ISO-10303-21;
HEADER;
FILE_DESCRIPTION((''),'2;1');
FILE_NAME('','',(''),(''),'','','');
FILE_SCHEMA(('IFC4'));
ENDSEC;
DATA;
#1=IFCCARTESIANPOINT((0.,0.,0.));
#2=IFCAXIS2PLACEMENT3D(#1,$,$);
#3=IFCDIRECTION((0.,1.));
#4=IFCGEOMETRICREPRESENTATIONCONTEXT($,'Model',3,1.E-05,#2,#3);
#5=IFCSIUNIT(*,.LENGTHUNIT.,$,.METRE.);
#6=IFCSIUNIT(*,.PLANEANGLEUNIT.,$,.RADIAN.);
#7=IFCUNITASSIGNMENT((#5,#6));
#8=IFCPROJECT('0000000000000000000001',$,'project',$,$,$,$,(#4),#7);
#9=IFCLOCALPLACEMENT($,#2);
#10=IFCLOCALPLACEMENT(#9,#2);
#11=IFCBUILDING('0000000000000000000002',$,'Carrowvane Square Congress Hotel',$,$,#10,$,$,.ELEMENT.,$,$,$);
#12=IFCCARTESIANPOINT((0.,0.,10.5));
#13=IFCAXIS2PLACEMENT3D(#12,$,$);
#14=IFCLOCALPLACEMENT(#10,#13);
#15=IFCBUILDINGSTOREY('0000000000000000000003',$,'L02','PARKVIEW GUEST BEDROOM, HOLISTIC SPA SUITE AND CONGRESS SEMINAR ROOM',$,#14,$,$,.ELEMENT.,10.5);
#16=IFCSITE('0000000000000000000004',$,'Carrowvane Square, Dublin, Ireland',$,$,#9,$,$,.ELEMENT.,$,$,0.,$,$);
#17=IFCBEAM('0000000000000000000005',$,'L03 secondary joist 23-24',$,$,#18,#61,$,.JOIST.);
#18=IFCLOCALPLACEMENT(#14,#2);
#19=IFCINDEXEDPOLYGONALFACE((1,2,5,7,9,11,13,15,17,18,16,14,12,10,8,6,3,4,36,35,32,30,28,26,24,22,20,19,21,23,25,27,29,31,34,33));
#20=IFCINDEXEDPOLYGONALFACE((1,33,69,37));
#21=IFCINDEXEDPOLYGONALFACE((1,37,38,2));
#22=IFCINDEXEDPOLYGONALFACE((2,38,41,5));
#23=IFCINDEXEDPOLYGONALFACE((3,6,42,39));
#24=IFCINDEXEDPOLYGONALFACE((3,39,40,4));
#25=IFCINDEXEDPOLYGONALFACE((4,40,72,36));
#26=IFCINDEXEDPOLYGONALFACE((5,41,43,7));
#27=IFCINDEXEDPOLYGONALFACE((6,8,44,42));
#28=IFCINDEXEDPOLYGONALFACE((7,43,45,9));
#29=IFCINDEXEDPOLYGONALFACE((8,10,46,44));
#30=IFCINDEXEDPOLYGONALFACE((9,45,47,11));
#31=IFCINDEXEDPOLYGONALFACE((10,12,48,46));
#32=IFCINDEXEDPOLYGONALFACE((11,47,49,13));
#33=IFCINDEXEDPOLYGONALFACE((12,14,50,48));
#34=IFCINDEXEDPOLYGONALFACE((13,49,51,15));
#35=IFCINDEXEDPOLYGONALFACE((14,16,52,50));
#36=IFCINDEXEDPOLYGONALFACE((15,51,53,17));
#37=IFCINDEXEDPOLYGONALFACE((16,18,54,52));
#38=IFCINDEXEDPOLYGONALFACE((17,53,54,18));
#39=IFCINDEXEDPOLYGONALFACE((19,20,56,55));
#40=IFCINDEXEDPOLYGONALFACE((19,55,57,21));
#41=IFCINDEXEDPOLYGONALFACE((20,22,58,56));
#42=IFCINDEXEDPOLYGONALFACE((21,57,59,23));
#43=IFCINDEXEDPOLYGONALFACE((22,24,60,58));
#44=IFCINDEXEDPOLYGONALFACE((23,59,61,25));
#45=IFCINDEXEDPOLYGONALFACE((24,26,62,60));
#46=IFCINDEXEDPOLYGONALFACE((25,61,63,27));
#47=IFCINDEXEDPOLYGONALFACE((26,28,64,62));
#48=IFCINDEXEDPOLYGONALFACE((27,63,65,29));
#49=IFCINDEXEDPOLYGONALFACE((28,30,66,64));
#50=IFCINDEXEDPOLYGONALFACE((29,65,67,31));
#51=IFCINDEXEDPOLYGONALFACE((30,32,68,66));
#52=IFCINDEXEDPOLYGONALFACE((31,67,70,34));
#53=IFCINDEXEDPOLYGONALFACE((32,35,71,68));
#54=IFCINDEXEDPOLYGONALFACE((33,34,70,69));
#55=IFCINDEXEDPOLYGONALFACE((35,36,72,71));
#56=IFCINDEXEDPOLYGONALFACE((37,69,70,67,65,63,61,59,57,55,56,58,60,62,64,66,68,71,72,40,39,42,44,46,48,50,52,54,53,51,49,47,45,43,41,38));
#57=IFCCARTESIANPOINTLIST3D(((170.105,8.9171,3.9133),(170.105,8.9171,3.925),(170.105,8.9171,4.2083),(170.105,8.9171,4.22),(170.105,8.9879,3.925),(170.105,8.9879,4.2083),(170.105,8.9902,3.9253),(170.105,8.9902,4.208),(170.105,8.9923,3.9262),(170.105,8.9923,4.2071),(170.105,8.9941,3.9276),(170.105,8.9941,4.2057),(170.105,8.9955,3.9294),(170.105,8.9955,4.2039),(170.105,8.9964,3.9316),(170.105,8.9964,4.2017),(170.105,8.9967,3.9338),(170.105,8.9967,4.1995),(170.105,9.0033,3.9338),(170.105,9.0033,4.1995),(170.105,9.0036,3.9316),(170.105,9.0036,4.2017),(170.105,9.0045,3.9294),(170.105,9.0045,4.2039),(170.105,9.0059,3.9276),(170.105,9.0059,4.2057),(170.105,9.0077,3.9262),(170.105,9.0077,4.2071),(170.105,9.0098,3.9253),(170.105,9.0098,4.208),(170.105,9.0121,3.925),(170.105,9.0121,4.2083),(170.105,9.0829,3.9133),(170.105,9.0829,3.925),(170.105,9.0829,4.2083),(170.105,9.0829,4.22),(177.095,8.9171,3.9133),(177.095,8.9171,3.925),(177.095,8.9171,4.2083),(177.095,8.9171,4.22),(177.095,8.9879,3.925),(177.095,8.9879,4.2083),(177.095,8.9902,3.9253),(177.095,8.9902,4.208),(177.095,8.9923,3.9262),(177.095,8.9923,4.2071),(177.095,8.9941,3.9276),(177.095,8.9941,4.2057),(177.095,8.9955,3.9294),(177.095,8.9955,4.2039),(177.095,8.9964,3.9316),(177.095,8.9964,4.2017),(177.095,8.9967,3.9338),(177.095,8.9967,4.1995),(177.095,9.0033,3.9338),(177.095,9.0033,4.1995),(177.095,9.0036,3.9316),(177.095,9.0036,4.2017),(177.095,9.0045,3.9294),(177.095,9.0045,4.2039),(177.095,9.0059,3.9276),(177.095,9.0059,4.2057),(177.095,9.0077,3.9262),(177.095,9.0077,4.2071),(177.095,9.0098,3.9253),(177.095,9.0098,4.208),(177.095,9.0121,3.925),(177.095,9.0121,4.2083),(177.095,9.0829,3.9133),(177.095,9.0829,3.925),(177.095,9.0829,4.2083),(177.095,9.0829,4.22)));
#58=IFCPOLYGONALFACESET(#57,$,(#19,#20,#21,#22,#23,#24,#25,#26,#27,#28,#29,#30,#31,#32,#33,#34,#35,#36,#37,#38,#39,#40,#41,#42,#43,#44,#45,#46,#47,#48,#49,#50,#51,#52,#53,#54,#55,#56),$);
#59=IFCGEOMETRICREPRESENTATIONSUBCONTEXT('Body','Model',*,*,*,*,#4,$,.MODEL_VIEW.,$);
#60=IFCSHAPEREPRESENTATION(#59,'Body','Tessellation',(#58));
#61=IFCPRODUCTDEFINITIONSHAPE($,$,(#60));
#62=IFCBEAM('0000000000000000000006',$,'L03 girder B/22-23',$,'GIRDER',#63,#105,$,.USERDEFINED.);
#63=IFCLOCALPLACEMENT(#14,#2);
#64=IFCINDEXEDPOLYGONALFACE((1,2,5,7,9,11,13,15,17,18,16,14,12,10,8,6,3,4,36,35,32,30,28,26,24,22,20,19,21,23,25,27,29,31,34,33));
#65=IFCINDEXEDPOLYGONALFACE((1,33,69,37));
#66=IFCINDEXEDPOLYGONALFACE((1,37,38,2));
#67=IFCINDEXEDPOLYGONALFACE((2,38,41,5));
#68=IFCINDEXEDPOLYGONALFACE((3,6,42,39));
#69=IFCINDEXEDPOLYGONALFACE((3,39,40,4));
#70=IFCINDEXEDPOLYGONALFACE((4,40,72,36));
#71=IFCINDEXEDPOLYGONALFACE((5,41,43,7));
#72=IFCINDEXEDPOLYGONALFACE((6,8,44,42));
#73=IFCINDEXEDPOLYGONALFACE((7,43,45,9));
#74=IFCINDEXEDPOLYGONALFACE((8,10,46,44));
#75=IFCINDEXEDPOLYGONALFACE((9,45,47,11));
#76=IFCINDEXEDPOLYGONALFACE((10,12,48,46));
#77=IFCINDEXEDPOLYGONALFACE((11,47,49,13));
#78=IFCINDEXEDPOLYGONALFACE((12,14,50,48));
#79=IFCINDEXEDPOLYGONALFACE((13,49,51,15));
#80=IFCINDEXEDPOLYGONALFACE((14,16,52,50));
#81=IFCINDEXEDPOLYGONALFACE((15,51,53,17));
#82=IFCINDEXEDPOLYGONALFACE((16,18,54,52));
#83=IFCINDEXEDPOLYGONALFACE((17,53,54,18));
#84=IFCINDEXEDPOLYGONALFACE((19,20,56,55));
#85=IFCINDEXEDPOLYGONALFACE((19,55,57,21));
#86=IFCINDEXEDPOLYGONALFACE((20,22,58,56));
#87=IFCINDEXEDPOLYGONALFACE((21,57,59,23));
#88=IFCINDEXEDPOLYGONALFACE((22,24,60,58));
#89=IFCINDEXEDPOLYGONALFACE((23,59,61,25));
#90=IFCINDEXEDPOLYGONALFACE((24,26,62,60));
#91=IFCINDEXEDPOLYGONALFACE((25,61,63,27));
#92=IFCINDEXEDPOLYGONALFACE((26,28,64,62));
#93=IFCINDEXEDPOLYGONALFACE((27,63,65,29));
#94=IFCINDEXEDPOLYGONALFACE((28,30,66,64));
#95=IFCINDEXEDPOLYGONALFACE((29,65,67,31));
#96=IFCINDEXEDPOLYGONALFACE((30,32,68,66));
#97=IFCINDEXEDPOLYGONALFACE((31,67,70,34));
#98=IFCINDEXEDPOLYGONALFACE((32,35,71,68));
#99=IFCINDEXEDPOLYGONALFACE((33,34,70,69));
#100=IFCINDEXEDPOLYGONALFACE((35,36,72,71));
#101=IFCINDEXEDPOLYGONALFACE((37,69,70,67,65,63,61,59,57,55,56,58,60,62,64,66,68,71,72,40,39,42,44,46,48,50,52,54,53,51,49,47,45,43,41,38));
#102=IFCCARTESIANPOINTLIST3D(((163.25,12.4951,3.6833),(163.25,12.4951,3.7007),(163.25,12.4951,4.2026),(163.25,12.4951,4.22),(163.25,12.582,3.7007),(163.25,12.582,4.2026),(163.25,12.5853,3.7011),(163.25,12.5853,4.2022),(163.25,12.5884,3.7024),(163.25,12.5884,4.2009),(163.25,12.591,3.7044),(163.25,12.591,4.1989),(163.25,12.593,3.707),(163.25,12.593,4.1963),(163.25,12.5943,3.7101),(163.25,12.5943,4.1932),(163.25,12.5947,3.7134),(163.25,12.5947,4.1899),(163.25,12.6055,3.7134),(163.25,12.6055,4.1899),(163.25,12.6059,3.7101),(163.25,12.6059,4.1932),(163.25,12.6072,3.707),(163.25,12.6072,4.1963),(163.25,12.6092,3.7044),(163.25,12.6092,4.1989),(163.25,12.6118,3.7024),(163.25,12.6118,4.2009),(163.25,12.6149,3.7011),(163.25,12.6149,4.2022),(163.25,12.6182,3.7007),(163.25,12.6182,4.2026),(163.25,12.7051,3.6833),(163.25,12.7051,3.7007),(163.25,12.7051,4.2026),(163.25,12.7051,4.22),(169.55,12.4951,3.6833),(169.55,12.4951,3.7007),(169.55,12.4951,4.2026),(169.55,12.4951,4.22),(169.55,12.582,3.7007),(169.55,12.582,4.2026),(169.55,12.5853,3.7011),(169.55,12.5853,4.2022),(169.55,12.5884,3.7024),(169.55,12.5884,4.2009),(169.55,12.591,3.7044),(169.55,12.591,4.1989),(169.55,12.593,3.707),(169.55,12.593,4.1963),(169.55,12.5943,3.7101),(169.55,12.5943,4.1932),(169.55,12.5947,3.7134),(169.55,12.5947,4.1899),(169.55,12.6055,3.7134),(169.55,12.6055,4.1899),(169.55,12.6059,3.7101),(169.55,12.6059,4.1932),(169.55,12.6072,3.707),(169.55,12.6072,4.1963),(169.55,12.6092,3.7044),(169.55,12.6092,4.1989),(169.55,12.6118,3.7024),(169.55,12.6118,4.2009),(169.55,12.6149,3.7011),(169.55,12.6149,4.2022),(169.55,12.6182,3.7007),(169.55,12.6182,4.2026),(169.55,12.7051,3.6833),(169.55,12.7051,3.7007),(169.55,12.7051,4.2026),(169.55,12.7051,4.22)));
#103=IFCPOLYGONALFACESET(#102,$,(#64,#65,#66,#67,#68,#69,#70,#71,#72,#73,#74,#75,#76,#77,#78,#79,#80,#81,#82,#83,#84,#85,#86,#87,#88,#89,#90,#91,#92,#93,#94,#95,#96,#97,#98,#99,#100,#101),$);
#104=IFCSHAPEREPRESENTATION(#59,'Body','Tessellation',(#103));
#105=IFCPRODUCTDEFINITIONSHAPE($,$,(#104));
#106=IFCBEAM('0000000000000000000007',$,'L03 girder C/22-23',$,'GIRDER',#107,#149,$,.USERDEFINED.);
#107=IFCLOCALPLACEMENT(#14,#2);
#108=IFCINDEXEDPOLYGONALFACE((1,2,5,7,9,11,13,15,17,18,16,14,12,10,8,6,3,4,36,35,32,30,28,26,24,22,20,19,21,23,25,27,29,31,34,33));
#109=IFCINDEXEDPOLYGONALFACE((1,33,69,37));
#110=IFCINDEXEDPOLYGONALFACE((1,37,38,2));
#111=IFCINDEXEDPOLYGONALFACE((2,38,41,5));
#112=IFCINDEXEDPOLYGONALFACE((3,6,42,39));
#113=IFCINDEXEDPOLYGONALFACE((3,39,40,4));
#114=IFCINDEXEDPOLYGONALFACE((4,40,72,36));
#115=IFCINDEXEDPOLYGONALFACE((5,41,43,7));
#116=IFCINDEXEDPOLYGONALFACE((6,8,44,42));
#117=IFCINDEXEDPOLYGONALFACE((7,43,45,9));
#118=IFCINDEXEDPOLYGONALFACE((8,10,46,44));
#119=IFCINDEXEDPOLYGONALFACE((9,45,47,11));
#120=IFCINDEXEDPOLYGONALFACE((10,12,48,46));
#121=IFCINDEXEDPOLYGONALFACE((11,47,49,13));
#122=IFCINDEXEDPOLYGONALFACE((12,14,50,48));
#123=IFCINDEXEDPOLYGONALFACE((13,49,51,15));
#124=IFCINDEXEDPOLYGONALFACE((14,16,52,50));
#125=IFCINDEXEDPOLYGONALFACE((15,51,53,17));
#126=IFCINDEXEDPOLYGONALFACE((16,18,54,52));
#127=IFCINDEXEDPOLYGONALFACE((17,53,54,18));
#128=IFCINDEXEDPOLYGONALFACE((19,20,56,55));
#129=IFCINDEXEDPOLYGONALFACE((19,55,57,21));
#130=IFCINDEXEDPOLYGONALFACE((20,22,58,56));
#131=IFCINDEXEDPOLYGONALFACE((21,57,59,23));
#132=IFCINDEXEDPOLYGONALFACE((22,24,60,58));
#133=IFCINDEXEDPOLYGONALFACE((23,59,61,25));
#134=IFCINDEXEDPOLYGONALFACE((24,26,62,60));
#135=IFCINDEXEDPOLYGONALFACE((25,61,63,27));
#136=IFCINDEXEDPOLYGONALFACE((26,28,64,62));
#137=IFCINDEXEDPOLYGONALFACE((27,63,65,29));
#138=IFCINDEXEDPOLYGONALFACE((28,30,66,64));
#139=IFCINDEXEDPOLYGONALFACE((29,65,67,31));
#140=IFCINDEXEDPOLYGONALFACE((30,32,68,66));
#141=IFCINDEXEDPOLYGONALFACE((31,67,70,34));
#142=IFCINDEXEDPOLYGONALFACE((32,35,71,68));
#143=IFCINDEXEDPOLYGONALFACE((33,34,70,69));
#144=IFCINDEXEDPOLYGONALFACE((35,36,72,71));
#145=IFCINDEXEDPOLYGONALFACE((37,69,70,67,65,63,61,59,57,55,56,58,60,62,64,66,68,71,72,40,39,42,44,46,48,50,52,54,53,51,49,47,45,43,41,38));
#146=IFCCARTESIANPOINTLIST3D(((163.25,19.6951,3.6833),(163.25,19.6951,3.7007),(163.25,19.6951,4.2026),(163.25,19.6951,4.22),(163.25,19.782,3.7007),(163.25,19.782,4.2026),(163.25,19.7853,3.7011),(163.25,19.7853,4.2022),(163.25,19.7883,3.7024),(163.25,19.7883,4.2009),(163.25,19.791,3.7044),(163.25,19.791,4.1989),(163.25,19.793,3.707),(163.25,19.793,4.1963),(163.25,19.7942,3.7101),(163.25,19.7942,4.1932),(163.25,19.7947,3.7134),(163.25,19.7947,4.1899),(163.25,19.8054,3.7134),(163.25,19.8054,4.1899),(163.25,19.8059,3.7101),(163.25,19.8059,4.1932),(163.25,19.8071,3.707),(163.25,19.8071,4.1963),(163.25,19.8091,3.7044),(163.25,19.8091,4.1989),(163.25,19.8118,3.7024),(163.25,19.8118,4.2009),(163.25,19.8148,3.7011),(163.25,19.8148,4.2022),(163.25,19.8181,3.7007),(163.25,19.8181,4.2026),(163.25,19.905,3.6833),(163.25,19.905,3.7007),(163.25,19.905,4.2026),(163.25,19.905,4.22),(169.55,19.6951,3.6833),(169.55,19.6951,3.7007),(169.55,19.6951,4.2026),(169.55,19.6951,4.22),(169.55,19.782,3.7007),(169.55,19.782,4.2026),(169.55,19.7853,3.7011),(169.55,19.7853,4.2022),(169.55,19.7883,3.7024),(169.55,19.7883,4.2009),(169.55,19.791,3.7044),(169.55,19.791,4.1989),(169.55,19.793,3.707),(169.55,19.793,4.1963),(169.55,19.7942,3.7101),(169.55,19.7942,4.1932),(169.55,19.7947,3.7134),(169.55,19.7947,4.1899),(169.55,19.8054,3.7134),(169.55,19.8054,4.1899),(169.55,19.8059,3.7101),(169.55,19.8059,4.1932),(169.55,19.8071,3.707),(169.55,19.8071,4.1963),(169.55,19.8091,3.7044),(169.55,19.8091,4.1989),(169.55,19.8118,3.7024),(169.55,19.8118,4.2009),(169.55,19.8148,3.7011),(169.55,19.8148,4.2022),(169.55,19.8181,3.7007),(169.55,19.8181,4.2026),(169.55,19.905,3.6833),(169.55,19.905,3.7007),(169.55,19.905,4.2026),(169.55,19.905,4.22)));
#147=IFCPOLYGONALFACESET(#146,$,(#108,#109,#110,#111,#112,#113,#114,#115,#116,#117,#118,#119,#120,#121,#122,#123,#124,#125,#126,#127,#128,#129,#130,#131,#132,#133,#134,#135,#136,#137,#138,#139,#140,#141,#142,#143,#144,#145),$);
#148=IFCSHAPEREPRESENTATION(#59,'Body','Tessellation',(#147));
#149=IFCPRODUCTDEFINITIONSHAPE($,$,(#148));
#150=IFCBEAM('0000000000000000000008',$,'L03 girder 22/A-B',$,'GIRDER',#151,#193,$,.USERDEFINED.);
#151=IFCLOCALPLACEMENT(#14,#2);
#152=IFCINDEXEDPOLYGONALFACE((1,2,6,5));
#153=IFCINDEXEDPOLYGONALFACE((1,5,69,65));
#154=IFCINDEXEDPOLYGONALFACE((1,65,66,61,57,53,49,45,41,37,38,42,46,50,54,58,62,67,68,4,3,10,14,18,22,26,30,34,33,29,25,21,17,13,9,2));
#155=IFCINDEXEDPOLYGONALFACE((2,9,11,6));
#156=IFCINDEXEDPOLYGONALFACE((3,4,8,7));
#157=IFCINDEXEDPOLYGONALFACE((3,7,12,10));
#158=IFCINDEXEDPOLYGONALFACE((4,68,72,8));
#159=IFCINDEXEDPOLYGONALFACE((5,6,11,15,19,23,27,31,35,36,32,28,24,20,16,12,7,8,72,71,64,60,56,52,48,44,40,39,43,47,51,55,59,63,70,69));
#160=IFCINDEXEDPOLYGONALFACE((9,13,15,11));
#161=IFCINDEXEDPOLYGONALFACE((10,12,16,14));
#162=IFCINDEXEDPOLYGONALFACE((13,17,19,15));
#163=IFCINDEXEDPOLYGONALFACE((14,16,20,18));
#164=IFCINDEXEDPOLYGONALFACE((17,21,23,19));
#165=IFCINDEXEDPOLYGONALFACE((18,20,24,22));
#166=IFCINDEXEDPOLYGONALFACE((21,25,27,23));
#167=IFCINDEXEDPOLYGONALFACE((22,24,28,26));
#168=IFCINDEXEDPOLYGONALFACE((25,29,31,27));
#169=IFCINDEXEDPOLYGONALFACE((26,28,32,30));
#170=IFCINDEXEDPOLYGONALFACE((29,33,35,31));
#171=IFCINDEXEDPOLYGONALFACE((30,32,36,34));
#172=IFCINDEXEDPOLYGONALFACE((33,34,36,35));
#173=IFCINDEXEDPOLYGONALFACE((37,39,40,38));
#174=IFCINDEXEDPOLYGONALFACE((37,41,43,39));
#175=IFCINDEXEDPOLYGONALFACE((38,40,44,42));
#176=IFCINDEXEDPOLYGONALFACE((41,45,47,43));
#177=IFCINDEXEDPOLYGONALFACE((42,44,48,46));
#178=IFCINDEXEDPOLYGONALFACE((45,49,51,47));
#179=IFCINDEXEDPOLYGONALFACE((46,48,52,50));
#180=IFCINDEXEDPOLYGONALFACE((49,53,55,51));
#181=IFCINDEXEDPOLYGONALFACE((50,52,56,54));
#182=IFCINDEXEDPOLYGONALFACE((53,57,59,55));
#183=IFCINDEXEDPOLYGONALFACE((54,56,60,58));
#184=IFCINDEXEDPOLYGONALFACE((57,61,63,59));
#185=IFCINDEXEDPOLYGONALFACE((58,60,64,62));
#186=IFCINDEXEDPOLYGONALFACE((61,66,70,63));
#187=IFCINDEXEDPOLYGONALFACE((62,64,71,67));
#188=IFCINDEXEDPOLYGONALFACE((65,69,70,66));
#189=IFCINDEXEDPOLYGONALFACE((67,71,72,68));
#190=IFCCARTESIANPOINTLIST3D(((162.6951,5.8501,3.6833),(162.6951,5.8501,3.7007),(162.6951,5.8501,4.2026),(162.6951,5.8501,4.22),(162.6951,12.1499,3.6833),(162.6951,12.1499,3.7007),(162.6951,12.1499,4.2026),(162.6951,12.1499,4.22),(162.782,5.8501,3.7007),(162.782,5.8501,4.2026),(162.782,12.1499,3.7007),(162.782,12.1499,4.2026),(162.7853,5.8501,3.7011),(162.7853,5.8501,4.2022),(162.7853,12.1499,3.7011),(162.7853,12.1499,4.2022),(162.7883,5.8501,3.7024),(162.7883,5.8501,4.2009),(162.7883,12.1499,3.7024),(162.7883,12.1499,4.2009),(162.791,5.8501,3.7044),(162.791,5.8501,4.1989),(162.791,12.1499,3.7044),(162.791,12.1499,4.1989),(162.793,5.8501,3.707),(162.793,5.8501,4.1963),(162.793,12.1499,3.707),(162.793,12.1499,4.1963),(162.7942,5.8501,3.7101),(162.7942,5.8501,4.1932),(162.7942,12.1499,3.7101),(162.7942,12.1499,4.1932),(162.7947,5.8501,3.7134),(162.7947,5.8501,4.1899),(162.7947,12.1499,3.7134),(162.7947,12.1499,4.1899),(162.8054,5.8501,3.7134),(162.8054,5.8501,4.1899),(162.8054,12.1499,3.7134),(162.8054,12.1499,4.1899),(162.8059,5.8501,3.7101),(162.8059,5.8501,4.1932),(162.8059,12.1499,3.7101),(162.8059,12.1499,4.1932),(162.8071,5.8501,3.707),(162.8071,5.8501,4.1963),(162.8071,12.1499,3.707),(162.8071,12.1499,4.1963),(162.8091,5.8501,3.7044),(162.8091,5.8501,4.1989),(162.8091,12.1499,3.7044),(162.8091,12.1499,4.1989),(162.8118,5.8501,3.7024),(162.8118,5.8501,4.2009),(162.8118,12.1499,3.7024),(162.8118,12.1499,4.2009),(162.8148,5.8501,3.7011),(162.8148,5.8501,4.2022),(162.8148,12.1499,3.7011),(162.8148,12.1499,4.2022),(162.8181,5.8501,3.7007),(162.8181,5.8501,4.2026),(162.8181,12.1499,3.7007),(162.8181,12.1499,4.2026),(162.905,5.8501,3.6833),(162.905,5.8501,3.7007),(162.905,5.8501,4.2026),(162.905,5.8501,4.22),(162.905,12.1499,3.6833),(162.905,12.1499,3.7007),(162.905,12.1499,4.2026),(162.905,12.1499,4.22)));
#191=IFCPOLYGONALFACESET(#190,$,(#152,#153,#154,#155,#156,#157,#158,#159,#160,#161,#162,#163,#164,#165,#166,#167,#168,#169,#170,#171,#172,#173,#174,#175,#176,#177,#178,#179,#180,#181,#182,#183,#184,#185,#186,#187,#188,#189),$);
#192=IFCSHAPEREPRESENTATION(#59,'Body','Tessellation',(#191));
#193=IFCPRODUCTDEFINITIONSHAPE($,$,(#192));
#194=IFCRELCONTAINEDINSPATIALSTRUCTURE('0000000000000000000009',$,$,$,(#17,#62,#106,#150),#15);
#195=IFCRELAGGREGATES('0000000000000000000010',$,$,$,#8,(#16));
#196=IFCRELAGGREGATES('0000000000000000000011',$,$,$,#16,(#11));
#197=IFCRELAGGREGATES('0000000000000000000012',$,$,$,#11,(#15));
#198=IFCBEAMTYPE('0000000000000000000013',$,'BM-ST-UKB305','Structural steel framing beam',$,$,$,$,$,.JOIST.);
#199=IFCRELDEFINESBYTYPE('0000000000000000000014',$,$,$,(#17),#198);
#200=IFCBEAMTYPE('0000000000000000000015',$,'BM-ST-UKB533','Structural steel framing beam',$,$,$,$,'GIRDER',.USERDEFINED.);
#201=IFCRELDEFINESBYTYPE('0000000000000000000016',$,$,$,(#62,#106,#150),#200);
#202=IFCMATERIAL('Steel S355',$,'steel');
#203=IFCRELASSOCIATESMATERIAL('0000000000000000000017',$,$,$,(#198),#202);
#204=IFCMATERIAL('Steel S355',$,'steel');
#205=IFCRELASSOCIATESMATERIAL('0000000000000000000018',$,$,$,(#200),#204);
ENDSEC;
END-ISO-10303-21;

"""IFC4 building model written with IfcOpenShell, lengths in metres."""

from ifc_helpers import new_model, si_unit, direction, frame, origin, origin_2d, place, context, subcontext, project, spatial, i_section, extrude, material, material_profile, profile_set, type_object, element, save


model = new_model("IFC4")

# Units and contexts
model_context = context("Model", 3, precision=1e-05, world=origin(), true_north=direction((0.0, 1.0)))
body_context = subcontext(model_context, "Body", "Model", "MODEL_VIEW")
ifc_project = project(units=[si_unit("LENGTHUNIT", "METRE"), si_unit("PLANEANGLEUNIT", "RADIAN")], contexts=[model_context])

# Site, building, storey
site_placement = place(None, origin())
site = spatial("IfcSite", under=ifc_project, at=site_placement, Name="Carrowvane Square, Dublin, Ireland", CompositionType="ELEMENT", RefElevation=0.0)
building_placement = place(site_placement, origin())
building = spatial("IfcBuilding", under=site, at=building_placement, Name="Carrowvane Square Congress Hotel", CompositionType="ELEMENT")
storey_placement = place(building_placement, frame((0.0, 0.0, 10.5)))
storey = spatial("IfcBuildingStorey", under=building, at=storey_placement, Name="L02", Description="PARKVIEW GUEST BEDROOM, HOLISTIC SPA SUITE AND CONGRESS SEMINAR ROOM", CompositionType="ELEMENT", Elevation=10.5)

# Beams
ifc_material_1 = material(Name="Steel S355", Category="steel")
ifc_material_profile_1 = material_profile(ifc_material_1, i_section(OverallWidth=0.1658, OverallDepth=0.3066, WebThickness=0.0066, FlangeThickness=0.0117, FilletRadius=0.0088, at=origin_2d()), Name="UKB 305x165x46")
ifc_profile_set_1 = profile_set([ifc_material_profile_1], Name="Steel S355")
beam_type_1 = type_object("IfcBeamType", Name="BM-ST-UKB305", Description="Structural steel framing beam", PredefinedType="JOIST", material=ifc_profile_set_1)
for number, where, z_axis, x_axis, name in (
    (1, (170.105, 9.0, 4.0667), (1.0, 0.0, 0.0), (0.0, 1.0, 0.0), "L03 secondary joist 23-24"),
):
    element("IfcBeam", number, at=place(storey_placement, frame(where, z_axis=z_axis, x_axis=x_axis)), inside=storey, type_object=beam_type_1, Name=name, PredefinedType="JOIST", context=body_context, shape_type="SweptSolid", body=[
        extrude(i_section(OverallWidth=0.1658, OverallDepth=0.3066, WebThickness=0.0066, FlangeThickness=0.0117, FilletRadius=0.0088, at=origin_2d()), origin(), (0.0, 0.0, 1.0), 6.99),
    ])
ifc_material_2 = material(Name="Steel S355", Category="steel")
ifc_material_profile_2 = material_profile(ifc_material_2, i_section(OverallWidth=0.21, OverallDepth=0.5366, WebThickness=0.0107, FlangeThickness=0.0173, FilletRadius=0.0127, at=origin_2d()), Name="UKB 533x210x101")
ifc_profile_set_2 = profile_set([ifc_material_profile_2], Name="Steel S355")
beam_type_2 = type_object("IfcBeamType", Name="BM-ST-UKB533", Description="Structural steel framing beam", ElementType="GIRDER", PredefinedType="USERDEFINED", material=ifc_profile_set_2)
for number, where, z_axis, x_axis, name in (
    (2, (163.25, 12.6001, 3.9517), (1.0, 0.0, 0.0), (0.0, 1.0, 0.0), "L03 girder B/22-23"),
    (3, (163.25, 19.8, 3.9517), (1.0, 0.0, 0.0), (0.0, 1.0, 0.0), "L03 girder C/22-23"),
):
    element("IfcBeam", number, at=place(storey_placement, frame(where, z_axis=z_axis, x_axis=x_axis)), inside=storey, type_object=beam_type_2, Name=name, ObjectType="GIRDER", PredefinedType="USERDEFINED", context=body_context, shape_type="SweptSolid", body=[
        extrude(i_section(OverallWidth=0.21, OverallDepth=0.5366, WebThickness=0.0107, FlangeThickness=0.0173, FilletRadius=0.0127, at=origin_2d()), origin(), (0.0, 0.0, 1.0), 6.3),
    ])
beam_1_placement = place(storey_placement, frame((162.8, 5.8501, 3.9517), z_axis=(0.0, 1.0, 0.0), x_axis=(-1.0, 0.0, 0.0)))
element("IfcBeam", 4, at=beam_1_placement, inside=storey, type_object=beam_type_2, Name="L03 girder 22/A-B", ObjectType="GIRDER", PredefinedType="USERDEFINED", context=body_context, shape_type="SweptSolid", body=[
    extrude(i_section(OverallWidth=0.21, OverallDepth=0.5366, WebThickness=0.0107, FlangeThickness=0.0173, FilletRadius=0.0127, at=origin_2d()), origin(), (0.0, 0.0, 1.0), 6.2998),
])

save(model, "model.ifc")
